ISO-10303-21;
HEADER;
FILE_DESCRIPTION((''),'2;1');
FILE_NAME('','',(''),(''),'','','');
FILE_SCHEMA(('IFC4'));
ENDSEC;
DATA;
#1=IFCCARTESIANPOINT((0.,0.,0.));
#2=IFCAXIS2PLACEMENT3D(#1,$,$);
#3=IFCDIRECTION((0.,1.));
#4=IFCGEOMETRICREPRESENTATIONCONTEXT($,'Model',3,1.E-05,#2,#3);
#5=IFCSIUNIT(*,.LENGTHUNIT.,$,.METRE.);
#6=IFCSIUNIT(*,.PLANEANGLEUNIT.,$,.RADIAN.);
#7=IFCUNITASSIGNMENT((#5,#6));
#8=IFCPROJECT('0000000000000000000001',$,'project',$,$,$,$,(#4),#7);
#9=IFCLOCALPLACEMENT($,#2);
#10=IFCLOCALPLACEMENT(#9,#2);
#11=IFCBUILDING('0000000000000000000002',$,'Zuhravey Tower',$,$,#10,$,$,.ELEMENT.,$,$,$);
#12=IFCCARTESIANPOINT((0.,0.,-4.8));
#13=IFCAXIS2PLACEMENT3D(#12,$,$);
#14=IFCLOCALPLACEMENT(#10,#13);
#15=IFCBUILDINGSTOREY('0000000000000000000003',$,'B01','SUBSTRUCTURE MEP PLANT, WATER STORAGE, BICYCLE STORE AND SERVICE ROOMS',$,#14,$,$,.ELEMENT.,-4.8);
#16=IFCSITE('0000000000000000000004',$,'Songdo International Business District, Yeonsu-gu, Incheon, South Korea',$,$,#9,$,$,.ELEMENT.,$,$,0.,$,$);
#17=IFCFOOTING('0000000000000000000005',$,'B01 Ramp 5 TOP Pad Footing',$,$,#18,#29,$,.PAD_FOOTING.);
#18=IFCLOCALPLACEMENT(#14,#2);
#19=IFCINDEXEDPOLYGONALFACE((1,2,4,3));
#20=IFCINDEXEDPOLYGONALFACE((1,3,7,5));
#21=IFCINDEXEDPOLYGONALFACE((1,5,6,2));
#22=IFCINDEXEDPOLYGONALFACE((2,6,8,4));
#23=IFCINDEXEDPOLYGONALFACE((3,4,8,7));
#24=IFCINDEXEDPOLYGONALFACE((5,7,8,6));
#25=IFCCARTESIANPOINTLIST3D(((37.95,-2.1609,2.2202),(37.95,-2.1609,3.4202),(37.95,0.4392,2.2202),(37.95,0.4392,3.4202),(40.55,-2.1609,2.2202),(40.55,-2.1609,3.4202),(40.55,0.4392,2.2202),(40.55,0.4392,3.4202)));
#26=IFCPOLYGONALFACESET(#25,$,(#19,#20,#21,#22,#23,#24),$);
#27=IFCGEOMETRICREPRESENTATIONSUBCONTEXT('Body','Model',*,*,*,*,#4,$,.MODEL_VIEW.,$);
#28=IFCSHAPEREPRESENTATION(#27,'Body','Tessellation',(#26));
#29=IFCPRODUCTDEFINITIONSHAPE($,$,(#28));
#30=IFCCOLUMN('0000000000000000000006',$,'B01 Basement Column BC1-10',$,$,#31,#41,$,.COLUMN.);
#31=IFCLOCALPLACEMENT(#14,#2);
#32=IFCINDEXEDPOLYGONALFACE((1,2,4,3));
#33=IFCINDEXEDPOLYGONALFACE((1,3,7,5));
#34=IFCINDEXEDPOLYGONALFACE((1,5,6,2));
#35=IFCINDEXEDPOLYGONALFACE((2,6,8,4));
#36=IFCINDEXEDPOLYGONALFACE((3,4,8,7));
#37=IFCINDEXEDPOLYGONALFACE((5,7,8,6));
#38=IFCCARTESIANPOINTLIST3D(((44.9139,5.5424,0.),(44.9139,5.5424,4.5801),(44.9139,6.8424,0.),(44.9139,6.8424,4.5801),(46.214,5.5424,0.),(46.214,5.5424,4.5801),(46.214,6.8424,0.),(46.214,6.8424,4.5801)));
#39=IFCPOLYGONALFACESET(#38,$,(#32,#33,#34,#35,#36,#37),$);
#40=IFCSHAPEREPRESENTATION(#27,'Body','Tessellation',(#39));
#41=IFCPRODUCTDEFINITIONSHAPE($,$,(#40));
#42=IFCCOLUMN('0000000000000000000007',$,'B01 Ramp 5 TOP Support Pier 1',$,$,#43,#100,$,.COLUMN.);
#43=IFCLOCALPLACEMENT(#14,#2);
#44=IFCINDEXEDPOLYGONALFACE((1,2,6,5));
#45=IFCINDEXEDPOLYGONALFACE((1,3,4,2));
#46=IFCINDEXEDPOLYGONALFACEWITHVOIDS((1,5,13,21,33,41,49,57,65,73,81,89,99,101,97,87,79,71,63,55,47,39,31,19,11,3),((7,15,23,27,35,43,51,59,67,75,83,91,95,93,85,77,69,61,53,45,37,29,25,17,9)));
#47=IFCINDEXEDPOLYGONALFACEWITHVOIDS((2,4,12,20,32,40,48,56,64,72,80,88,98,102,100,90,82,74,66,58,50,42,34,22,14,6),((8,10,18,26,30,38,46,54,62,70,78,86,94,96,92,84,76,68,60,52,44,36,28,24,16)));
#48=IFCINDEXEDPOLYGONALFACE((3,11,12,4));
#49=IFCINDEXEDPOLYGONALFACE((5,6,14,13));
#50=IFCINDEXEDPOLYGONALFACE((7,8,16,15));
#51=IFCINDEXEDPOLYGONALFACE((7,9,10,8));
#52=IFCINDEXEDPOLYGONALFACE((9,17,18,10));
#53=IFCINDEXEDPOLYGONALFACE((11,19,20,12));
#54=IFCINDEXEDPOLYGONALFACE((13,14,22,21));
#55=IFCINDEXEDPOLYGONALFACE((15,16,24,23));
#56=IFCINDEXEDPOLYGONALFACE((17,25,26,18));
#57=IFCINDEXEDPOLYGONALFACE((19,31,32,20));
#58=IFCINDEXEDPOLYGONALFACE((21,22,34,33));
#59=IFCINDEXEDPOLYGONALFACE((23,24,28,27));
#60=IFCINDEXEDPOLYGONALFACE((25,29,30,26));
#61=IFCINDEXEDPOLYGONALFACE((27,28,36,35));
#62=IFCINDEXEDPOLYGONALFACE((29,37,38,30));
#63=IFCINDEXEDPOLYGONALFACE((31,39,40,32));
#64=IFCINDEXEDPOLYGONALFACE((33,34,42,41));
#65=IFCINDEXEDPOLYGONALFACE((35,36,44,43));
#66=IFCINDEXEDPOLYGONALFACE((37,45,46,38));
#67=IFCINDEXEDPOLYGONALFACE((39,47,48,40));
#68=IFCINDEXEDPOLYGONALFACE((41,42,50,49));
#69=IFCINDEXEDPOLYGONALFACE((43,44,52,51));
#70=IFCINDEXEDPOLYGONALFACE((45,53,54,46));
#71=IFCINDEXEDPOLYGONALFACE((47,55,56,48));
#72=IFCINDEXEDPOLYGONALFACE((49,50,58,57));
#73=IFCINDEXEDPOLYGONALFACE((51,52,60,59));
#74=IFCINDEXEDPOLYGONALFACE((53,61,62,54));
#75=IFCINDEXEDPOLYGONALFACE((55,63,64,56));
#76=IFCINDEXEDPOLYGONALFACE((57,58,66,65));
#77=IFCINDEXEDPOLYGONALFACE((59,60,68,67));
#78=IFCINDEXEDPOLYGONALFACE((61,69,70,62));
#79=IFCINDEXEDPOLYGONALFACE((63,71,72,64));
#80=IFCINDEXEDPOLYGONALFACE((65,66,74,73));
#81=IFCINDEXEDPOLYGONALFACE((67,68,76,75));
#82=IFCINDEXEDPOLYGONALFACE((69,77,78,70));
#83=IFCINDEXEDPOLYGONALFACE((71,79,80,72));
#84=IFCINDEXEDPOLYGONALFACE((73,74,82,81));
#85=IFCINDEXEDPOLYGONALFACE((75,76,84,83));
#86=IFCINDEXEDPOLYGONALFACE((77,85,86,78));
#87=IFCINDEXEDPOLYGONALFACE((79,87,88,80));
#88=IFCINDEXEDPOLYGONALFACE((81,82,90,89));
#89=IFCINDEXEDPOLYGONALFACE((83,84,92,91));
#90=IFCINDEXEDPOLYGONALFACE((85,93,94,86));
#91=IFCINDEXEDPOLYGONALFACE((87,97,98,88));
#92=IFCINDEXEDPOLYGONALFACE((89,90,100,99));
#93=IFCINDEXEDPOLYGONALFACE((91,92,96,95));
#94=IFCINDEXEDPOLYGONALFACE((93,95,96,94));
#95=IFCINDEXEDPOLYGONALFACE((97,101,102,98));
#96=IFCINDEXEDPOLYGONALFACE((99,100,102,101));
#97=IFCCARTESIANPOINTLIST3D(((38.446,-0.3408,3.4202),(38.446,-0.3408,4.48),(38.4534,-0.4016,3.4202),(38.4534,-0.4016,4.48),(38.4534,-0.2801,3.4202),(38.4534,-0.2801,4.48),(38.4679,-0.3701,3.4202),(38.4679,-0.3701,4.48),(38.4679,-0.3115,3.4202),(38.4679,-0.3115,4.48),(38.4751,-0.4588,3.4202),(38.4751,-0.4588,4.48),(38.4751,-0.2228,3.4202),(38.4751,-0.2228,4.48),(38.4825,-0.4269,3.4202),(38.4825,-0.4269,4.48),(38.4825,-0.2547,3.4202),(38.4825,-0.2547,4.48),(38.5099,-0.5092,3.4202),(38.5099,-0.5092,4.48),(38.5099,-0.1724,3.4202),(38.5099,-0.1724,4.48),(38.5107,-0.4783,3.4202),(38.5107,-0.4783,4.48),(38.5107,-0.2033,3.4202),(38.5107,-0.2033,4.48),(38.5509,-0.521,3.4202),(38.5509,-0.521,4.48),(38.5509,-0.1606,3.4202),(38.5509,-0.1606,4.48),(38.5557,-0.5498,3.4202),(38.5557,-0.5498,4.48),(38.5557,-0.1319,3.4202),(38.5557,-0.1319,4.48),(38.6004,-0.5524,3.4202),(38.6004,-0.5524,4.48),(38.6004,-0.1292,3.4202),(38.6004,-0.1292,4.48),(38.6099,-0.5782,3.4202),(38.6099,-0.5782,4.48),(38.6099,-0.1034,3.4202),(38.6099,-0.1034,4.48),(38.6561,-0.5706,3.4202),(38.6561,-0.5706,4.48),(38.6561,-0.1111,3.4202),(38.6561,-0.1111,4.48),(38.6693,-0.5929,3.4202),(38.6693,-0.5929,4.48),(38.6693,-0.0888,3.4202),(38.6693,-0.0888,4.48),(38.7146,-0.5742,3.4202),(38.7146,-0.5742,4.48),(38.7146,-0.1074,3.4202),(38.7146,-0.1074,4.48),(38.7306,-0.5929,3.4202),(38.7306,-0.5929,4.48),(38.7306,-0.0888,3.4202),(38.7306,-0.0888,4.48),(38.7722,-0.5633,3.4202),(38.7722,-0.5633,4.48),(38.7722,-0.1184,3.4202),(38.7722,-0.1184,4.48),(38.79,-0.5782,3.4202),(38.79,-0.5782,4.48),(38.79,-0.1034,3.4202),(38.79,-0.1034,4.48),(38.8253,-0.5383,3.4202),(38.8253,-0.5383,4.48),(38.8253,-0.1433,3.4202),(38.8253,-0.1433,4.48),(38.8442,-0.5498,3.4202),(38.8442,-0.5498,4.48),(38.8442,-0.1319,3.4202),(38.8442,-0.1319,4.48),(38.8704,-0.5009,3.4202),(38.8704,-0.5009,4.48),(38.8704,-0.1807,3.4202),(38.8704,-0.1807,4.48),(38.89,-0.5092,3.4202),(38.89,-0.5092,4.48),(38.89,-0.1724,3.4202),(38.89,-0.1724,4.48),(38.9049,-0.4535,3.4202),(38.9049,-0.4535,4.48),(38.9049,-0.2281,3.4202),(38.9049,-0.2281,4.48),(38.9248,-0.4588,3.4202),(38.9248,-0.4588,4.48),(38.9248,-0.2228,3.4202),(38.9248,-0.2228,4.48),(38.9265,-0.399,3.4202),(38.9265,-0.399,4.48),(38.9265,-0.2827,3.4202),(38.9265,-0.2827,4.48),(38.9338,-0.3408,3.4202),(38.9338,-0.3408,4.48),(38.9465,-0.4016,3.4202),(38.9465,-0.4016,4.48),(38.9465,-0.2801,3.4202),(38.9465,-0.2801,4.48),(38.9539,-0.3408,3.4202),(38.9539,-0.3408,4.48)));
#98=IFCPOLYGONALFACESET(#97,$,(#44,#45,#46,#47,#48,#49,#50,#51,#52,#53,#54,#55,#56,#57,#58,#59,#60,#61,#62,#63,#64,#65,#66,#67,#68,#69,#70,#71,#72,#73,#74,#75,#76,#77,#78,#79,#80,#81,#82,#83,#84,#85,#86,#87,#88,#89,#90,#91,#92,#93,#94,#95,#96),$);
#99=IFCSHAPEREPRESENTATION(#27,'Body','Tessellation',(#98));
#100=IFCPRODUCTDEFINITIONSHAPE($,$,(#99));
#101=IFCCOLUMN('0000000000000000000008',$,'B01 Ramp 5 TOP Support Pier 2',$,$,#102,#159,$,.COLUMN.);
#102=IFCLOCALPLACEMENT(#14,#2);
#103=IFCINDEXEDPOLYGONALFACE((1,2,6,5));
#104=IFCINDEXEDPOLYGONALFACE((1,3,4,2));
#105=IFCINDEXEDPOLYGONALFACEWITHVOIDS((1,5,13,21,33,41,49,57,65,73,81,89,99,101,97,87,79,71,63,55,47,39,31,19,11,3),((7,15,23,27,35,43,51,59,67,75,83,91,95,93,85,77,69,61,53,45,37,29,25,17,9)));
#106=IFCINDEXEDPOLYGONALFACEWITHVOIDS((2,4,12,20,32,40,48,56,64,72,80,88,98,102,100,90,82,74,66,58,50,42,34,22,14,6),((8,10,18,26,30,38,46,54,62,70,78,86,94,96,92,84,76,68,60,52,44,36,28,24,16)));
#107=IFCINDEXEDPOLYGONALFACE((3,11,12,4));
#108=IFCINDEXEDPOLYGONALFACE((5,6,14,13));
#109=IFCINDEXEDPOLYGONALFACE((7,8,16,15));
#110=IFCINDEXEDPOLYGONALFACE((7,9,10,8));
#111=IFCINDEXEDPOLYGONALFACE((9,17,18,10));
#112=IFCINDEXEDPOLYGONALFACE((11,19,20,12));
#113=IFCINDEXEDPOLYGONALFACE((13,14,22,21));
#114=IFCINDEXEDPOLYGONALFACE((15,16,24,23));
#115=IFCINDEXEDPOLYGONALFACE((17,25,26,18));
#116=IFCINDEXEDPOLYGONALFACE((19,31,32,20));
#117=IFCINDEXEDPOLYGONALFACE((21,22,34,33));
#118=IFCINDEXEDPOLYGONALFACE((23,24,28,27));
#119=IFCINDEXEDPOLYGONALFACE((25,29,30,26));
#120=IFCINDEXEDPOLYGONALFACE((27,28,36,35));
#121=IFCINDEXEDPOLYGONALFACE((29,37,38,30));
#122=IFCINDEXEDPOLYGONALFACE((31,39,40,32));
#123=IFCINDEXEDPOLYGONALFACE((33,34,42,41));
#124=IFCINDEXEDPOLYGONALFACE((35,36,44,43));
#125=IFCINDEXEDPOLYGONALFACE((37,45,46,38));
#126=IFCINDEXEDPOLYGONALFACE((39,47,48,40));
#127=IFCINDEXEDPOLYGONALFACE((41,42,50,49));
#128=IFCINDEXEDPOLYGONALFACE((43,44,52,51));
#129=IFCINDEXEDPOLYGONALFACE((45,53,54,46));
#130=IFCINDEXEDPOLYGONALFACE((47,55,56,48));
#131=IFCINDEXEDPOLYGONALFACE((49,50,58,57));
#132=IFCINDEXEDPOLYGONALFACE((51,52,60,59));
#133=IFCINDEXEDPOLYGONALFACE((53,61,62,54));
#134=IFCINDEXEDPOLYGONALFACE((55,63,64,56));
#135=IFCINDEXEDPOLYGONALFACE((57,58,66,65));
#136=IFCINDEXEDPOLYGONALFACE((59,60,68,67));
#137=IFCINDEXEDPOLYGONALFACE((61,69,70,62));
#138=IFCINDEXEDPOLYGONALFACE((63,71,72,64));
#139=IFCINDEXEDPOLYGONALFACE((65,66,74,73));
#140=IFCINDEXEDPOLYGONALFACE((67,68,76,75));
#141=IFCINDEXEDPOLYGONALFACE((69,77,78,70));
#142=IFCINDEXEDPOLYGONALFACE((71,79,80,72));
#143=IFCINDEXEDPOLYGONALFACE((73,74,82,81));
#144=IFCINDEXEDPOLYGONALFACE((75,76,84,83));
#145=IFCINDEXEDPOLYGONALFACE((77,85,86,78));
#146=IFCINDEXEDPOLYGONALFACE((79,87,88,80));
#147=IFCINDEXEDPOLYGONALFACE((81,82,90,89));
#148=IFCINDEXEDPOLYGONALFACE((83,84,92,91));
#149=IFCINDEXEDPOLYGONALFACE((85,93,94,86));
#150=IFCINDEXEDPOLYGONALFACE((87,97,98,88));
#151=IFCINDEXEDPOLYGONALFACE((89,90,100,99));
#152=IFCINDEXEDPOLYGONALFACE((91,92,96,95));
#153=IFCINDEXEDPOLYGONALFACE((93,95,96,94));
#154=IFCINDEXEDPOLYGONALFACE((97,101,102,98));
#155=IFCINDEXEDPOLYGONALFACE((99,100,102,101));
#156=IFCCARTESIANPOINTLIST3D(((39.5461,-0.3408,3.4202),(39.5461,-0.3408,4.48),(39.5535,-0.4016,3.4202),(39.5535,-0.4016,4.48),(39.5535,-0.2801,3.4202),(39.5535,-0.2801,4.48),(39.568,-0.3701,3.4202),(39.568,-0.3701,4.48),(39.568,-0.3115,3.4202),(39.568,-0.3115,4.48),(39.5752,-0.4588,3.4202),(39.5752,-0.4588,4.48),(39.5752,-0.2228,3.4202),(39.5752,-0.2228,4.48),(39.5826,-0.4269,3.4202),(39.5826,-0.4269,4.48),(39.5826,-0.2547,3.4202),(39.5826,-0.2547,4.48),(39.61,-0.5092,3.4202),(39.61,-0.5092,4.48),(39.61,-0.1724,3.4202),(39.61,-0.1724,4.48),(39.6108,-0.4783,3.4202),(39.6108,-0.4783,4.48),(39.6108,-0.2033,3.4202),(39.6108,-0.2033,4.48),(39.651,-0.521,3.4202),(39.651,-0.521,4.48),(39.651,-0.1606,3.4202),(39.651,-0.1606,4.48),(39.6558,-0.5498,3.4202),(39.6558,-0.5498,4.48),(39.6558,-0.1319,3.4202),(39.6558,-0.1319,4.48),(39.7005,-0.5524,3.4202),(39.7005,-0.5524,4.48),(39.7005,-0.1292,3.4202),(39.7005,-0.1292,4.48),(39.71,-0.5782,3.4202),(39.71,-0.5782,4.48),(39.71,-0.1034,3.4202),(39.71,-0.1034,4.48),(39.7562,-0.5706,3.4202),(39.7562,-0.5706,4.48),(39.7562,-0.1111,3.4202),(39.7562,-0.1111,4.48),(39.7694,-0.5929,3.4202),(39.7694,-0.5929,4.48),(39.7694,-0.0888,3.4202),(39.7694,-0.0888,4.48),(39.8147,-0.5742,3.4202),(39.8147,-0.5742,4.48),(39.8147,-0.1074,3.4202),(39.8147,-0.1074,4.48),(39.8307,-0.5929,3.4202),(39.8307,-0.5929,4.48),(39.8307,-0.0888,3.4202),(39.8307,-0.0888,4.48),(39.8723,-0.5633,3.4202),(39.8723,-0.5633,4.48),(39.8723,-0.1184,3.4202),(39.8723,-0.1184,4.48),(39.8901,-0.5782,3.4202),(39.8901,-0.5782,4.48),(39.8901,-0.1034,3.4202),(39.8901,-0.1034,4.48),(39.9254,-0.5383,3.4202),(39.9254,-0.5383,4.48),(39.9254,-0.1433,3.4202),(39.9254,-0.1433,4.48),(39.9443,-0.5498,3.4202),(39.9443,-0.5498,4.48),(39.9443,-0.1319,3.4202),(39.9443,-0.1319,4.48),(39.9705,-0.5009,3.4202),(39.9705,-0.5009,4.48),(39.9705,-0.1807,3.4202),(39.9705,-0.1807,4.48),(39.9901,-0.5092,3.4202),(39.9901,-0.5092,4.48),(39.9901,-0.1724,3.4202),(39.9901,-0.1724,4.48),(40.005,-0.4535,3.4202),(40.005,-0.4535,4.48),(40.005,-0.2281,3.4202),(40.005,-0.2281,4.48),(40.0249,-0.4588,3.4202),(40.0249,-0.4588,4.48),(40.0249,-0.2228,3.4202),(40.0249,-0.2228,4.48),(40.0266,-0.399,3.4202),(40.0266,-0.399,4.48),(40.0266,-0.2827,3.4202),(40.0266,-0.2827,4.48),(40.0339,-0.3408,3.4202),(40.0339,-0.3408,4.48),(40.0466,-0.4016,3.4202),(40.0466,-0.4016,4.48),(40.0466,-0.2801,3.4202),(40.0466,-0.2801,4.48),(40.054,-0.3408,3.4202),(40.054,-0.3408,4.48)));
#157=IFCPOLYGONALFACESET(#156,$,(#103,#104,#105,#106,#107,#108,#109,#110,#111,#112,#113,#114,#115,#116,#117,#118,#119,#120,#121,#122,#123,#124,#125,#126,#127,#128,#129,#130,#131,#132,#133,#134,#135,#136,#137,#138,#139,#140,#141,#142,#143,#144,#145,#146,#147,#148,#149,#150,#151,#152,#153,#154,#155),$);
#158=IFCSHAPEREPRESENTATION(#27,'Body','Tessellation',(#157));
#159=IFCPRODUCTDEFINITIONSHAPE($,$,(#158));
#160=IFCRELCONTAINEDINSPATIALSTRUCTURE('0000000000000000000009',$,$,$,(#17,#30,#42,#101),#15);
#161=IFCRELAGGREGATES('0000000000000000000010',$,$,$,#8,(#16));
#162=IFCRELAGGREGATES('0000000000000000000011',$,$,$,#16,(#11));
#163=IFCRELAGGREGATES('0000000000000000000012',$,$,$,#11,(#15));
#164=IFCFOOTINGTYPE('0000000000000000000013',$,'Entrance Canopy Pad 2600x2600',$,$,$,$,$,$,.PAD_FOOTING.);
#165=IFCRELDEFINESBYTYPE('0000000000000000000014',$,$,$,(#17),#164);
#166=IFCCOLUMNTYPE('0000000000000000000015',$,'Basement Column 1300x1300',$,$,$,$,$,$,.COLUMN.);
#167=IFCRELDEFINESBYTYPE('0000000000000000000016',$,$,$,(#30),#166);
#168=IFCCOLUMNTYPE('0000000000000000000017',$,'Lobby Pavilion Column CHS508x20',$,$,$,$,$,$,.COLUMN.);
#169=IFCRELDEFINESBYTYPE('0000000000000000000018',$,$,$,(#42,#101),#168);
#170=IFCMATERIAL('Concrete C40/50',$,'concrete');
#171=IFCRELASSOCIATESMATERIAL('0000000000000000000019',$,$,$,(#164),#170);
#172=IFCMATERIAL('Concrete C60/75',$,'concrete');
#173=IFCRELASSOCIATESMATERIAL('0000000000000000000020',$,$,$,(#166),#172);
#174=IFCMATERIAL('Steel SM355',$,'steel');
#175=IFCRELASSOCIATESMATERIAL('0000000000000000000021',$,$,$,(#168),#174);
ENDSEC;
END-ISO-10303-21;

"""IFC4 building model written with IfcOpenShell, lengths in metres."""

from ifc_helpers import new_model, si_unit, direction, frame, origin, origin_2d, place, context, subcontext, project, spatial, rectangle, hollow_circle, extrude, material, material_profile, profile_set, type_object, element, save


model = new_model("IFC4")

# Units and contexts
model_context = context("Model", 3, precision=1e-05, world=origin(), true_north=direction((0.0, 1.0)))
body_context = subcontext(model_context, "Body", "Model", "MODEL_VIEW")
ifc_project = project(units=[si_unit("LENGTHUNIT", "METRE"), si_unit("PLANEANGLEUNIT", "RADIAN")], contexts=[model_context])

# Site, building, storey
site_placement = place(None, origin())
site = spatial("IfcSite", under=ifc_project, at=site_placement, Name="Songdo International Business District, Yeonsu-gu, Incheon, South Korea", CompositionType="ELEMENT", RefElevation=0.0)
building_placement = place(site_placement, origin())
building = spatial("IfcBuilding", under=site, at=building_placement, Name="Zuhravey Tower", CompositionType="ELEMENT")
storey_placement = place(building_placement, frame((0.0, 0.0, -4.8)))
storey = spatial("IfcBuildingStorey", under=building, at=storey_placement, Name="B01", Description="SUBSTRUCTURE MEP PLANT, WATER STORAGE, BICYCLE STORE AND SERVICE ROOMS", CompositionType="ELEMENT", Elevation=-4.8)

# Footing
ifc_material_1 = material(Name="Concrete C40/50", Category="concrete")
footing_type = type_object("IfcFootingType", Name="Entrance Canopy Pad 2600x2600", PredefinedType="PAD_FOOTING", material=ifc_material_1)
footing_placement = place(storey_placement, frame((39.25, -0.8608, 2.2202), z_axis=(0.0, 0.0, 1.0), x_axis=(1.0, 0.0, 0.0)))
element("IfcFooting", 1, at=footing_placement, inside=storey, type_object=footing_type, Name="B01 Ramp 5 TOP Pad Footing", PredefinedType="PAD_FOOTING", context=body_context, shape_type="SweptSolid", body=[
    extrude(rectangle(XDim=2.6001, YDim=2.6001, at=origin_2d()), origin(), (0.0, 0.0, 1.0), 1.2),
])

# Columns
ifc_material_2 = material(Name="Concrete C60/75", Category="concrete")
ifc_material_profile_1 = material_profile(ifc_material_2, rectangle(XDim=1.3, YDim=1.3, at=origin_2d()), Name="RC-1300x1300")
ifc_profile_set_1 = profile_set([ifc_material_profile_1], Name="Concrete C60/75")
column_type_1 = type_object("IfcColumnType", Name="Basement Column 1300x1300", PredefinedType="COLUMN", material=ifc_profile_set_1)
column_placement = place(storey_placement, frame((45.564, 6.1924, 0.0), z_axis=(0.0, 0.0, 1.0), x_axis=(1.0, 0.0, 0.0)))
element("IfcColumn", 2, at=column_placement, inside=storey, type_object=column_type_1, Name="B01 Basement Column BC1-10", PredefinedType="COLUMN", context=body_context, shape_type="SweptSolid", body=[
    extrude(rectangle(XDim=1.3, YDim=1.3, at=origin_2d()), origin(), (0.0, 0.0, 1.0), 4.5801),
])
ifc_material_3 = material(Name="Steel SM355", Category="steel")
ifc_material_profile_2 = material_profile(ifc_material_3, hollow_circle(Radius=0.2539, WallThickness=0.02, at=origin_2d()), Name="CHS-508x20")
ifc_profile_set_2 = profile_set([ifc_material_profile_2], Name="Steel SM355")
column_type_2 = type_object("IfcColumnType", Name="Lobby Pavilion Column CHS508x20", PredefinedType="COLUMN", material=ifc_profile_set_2)
for number, where, z_axis, x_axis, name in (
    (3, (38.7, -0.3408, 3.4202), (0.0, 0.0, 1.0), (1.0, 0.0, 0.0), "B01 Ramp 5 TOP Support Pier 1"),
    (4, (39.8, -0.3408, 3.4202), (0.0, 0.0, 1.0), (1.0, 0.0, 0.0), "B01 Ramp 5 TOP Support Pier 2"),
):
    element("IfcColumn", number, at=place(storey_placement, frame(where, z_axis=z_axis, x_axis=x_axis)), inside=storey, type_object=column_type_2, Name=name, PredefinedType="COLUMN", context=body_context, shape_type="SweptSolid", body=[
        extrude(hollow_circle(Radius=0.2539, WallThickness=0.02, at=origin_2d()), origin(), (0.0, 0.0, 1.0), 1.0598),
    ])

save(model, "model.ifc")
